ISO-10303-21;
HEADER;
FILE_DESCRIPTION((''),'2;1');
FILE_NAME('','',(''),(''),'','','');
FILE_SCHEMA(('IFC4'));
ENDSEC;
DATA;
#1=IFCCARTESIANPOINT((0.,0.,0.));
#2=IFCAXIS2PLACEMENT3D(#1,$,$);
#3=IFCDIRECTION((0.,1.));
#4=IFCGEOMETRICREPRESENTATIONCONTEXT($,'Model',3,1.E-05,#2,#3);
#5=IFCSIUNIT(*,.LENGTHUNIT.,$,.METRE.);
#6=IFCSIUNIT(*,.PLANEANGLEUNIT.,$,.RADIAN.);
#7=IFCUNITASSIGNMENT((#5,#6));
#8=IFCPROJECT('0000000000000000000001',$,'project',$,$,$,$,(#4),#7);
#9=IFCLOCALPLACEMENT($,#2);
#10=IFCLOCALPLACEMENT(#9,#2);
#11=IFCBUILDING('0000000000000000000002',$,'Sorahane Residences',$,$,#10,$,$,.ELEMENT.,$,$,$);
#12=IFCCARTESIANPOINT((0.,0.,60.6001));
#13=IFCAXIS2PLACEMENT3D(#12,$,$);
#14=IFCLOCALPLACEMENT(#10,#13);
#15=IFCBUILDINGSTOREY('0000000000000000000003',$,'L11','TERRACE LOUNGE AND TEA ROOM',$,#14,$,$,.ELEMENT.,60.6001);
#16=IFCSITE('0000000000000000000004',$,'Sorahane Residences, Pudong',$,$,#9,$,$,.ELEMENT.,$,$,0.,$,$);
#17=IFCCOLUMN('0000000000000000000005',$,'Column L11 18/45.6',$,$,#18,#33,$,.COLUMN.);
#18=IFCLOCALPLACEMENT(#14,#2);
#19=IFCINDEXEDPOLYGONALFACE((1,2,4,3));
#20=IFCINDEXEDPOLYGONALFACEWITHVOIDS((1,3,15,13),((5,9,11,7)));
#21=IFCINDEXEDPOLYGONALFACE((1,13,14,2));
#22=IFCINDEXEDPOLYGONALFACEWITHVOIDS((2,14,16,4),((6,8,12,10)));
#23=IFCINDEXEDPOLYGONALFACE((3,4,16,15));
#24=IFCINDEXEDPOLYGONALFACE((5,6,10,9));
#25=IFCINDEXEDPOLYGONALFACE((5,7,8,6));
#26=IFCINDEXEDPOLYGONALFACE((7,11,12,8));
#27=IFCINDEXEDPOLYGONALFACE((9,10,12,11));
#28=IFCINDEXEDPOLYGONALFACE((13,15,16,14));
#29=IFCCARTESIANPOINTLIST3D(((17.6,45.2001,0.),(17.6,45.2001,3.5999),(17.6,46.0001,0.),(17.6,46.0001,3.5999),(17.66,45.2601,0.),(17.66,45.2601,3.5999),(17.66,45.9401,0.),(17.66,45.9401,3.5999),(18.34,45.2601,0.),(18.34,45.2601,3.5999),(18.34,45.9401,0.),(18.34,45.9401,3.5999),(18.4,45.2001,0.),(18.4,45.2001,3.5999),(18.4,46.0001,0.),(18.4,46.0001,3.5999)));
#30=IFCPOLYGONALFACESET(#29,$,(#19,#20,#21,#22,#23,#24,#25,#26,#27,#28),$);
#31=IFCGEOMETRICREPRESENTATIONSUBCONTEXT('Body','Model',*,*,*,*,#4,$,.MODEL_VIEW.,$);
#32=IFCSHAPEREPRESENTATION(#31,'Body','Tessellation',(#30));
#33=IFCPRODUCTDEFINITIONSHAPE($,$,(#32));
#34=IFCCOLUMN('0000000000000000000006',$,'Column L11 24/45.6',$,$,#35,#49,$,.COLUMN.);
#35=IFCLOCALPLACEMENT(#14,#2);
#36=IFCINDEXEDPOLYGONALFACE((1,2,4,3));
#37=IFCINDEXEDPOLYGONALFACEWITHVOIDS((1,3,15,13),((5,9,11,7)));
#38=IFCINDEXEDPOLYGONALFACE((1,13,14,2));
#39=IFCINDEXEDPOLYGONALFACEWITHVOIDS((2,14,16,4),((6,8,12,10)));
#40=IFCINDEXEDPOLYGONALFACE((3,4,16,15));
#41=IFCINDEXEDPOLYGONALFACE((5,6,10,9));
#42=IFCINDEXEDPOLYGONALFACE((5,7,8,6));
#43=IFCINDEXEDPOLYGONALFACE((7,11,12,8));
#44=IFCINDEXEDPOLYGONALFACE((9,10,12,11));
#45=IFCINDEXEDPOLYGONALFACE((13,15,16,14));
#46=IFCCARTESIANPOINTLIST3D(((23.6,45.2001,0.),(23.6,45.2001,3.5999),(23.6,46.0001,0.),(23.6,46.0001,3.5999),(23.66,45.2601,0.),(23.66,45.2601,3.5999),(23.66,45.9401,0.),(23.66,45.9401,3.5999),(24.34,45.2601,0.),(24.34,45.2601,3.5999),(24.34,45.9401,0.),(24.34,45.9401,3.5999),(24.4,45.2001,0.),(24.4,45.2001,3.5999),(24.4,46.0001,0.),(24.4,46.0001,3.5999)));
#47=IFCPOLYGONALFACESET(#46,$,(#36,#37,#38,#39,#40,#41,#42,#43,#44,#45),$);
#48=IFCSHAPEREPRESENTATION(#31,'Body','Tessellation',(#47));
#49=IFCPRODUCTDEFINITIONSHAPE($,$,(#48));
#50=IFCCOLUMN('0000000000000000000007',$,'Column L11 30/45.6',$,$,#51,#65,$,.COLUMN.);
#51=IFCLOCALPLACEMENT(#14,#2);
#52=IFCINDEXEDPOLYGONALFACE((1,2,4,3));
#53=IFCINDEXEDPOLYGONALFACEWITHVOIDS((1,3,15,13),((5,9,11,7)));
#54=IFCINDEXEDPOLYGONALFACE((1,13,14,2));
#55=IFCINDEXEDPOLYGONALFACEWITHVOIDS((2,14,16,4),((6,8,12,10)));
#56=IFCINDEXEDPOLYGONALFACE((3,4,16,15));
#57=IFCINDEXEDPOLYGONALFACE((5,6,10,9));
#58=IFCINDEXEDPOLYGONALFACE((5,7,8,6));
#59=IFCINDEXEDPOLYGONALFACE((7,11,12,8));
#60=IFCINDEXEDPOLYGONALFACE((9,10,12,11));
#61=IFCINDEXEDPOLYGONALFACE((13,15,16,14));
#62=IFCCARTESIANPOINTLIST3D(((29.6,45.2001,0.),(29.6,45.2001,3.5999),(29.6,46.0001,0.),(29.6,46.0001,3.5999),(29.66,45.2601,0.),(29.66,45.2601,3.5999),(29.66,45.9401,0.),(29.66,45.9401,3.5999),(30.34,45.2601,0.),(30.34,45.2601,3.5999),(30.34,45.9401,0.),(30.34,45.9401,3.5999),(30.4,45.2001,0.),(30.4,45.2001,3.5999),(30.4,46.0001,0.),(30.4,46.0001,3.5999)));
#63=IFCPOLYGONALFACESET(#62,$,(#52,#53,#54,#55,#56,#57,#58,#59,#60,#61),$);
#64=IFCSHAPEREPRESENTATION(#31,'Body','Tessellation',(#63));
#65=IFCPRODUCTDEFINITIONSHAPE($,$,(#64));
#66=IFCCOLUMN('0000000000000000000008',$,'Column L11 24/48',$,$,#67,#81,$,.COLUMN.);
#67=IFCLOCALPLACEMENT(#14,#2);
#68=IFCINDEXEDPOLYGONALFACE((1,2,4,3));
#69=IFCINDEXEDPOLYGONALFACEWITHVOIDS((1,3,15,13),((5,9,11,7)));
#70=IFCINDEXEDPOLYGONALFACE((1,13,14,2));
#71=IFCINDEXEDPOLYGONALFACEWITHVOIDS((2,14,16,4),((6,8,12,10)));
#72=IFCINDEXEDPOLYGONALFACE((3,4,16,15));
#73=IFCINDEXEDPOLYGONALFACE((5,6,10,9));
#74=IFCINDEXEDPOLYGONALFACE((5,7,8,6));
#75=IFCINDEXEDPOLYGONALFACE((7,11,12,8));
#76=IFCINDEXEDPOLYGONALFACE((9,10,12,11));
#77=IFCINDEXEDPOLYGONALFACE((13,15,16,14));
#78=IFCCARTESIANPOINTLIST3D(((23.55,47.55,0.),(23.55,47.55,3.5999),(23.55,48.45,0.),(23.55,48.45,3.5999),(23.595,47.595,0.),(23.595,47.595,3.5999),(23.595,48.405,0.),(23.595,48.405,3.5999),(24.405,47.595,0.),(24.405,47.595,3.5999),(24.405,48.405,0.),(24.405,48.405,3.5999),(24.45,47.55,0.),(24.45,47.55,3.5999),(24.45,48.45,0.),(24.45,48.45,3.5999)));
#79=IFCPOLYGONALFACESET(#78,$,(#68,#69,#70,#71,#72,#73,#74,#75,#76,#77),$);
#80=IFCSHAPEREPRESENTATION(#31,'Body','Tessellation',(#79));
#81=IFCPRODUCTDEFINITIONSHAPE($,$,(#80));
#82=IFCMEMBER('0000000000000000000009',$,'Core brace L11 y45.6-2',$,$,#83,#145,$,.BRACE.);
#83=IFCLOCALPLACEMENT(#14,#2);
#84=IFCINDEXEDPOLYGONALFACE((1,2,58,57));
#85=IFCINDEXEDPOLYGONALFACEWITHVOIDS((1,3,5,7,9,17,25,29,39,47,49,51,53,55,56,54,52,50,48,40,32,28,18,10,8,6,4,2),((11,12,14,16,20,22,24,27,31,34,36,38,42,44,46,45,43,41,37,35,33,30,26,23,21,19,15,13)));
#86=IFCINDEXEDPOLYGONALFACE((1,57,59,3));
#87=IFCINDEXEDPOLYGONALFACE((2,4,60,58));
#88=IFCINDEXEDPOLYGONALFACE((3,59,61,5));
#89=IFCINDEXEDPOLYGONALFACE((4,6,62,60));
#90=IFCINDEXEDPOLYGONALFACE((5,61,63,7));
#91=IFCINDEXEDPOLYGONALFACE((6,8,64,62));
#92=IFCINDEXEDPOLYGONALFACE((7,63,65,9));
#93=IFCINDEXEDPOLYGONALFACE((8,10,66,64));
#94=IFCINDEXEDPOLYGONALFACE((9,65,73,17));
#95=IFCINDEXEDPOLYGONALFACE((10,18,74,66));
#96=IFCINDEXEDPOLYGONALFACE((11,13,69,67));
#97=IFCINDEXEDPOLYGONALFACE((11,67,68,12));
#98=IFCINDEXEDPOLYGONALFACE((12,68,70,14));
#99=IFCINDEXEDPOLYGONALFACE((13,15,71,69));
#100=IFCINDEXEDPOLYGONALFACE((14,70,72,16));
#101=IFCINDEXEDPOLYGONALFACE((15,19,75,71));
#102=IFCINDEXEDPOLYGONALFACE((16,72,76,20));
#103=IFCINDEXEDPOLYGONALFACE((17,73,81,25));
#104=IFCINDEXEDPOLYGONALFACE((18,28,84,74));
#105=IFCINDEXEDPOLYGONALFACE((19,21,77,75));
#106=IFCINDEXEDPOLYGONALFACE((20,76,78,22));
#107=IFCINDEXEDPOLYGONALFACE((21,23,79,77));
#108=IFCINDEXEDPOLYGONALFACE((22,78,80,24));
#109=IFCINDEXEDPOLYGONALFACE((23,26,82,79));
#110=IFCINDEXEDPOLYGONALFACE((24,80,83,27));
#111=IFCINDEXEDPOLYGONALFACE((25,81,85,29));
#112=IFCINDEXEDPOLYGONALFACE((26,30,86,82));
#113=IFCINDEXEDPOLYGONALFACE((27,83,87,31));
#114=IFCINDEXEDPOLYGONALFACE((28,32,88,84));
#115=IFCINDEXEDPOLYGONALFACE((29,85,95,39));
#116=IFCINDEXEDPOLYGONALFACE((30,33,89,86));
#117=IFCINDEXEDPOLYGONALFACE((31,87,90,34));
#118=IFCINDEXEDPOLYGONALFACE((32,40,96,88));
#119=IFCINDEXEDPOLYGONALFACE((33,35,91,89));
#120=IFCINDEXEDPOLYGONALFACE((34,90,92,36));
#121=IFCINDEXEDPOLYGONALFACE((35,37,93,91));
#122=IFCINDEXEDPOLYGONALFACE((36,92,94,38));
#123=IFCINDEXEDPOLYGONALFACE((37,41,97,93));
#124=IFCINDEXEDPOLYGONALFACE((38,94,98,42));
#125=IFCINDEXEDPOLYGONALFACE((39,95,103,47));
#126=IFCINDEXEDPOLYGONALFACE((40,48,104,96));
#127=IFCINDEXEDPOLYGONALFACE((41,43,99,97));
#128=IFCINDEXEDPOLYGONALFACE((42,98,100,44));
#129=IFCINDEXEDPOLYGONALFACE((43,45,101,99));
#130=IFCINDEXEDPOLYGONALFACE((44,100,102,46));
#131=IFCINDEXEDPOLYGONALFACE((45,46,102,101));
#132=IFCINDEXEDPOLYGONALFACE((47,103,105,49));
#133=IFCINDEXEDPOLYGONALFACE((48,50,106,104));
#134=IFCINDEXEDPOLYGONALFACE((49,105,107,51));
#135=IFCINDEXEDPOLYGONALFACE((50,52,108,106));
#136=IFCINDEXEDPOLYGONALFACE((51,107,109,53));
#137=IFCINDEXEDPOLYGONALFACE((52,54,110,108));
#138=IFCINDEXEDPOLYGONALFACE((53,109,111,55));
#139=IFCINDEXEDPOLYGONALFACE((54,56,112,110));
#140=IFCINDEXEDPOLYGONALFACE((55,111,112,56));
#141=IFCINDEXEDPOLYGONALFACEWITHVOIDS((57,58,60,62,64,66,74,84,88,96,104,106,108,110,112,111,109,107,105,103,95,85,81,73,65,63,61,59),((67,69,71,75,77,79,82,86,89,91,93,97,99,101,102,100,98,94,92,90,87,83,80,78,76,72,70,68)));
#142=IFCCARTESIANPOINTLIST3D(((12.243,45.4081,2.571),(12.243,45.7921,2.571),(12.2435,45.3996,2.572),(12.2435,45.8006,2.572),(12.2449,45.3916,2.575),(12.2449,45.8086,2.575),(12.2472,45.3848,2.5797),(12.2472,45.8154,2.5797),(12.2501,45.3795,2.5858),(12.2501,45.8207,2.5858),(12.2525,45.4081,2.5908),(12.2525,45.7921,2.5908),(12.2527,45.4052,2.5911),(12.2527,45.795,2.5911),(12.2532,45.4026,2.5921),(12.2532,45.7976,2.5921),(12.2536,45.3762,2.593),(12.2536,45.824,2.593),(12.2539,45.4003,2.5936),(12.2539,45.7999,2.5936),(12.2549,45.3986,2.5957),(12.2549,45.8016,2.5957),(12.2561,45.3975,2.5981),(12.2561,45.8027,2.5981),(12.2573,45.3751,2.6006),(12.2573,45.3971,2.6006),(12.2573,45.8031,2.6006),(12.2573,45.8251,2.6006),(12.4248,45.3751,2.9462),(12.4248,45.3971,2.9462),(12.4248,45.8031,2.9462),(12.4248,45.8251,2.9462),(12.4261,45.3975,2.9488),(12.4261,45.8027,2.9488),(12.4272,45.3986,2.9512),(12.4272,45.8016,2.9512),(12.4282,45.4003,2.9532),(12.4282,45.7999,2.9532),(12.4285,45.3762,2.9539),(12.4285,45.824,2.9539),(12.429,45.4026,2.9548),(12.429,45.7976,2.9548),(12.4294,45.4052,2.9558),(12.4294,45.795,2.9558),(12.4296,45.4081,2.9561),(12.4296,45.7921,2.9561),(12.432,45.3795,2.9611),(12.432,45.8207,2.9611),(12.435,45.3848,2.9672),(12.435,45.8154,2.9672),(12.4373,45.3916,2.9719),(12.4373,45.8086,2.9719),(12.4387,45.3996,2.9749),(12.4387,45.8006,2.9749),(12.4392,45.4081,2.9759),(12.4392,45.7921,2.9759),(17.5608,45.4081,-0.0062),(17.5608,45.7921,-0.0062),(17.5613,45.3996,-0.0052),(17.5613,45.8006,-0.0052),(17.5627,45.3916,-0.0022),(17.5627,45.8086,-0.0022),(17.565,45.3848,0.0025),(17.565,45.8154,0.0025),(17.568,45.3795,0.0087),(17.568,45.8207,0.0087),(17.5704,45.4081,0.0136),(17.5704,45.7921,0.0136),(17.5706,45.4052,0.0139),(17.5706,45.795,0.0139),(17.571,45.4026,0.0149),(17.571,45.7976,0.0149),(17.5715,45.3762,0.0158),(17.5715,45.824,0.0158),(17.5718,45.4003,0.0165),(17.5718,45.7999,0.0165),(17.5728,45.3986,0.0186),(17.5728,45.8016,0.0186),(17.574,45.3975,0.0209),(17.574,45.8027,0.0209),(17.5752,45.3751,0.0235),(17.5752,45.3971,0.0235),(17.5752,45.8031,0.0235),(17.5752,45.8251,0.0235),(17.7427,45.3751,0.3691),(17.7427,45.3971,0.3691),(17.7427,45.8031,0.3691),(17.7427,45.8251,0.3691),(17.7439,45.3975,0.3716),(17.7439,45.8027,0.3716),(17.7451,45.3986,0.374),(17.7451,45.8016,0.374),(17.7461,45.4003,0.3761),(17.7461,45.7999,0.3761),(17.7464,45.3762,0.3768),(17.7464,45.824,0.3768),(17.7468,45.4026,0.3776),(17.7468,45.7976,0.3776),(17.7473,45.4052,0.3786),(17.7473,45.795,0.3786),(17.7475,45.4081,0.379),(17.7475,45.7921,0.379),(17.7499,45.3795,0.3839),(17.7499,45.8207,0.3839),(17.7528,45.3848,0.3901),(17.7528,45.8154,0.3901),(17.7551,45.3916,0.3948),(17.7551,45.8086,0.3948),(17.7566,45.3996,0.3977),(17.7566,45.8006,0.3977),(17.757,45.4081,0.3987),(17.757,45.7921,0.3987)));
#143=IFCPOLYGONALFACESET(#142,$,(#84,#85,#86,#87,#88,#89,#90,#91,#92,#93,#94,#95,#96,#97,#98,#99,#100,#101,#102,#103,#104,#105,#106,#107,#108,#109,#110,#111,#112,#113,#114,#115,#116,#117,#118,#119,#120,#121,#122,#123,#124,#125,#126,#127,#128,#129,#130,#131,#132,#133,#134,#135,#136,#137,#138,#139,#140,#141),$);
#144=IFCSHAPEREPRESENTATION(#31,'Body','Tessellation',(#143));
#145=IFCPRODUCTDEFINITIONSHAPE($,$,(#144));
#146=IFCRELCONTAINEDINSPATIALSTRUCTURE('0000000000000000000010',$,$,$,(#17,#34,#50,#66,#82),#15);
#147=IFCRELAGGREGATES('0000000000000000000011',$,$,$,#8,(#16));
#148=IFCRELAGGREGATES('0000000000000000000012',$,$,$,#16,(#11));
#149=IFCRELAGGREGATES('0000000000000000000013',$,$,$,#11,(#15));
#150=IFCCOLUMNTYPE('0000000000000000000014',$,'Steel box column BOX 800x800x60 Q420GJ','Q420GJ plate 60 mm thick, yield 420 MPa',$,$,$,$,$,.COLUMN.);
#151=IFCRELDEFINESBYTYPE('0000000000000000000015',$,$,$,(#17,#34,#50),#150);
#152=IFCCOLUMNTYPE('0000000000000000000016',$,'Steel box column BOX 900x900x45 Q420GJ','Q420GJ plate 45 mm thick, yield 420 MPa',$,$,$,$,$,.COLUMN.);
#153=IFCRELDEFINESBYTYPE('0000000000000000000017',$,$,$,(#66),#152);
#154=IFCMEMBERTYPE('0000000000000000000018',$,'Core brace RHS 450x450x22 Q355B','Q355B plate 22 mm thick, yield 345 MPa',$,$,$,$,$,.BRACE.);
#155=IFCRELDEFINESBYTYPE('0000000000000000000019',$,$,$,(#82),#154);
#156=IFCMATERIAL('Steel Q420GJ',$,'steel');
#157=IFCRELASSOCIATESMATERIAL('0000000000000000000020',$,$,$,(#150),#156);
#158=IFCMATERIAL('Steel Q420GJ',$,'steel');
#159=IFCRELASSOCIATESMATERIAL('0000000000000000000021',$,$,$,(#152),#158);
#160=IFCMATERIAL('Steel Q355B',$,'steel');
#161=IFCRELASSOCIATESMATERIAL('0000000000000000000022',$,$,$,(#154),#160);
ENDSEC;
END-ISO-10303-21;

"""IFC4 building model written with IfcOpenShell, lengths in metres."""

from ifc_helpers import new_model, si_unit, direction, frame, origin, origin_2d, place, context, subcontext, project, spatial, hollow_rectangle, extrude, material, material_profile, profile_set, type_object, element, save


model = new_model("IFC4")

# Units and contexts
model_context = context("Model", 3, precision=1e-05, world=origin(), true_north=direction((0.0, 1.0)))
body_context = subcontext(model_context, "Body", "Model", "MODEL_VIEW")
ifc_project = project(units=[si_unit("LENGTHUNIT", "METRE"), si_unit("PLANEANGLEUNIT", "RADIAN")], contexts=[model_context])

# Site, building, storey
site_placement = place(None, origin())
site = spatial("IfcSite", under=ifc_project, at=site_placement, Name="Sorahane Residences, Pudong", CompositionType="ELEMENT", RefElevation=0.0)
building_placement = place(site_placement, origin())
building = spatial("IfcBuilding", under=site, at=building_placement, Name="Sorahane Residences", CompositionType="ELEMENT")
storey_placement = place(building_placement, frame((0.0, 0.0, 60.6001)))
storey = spatial("IfcBuildingStorey", under=building, at=storey_placement, Name="L11", Description="TERRACE LOUNGE AND TEA ROOM", CompositionType="ELEMENT", Elevation=60.6001)

# Columns
ifc_material_1 = material(Name="Steel Q420GJ", Category="steel")
ifc_material_profile_1 = material_profile(ifc_material_1, hollow_rectangle(XDim=0.8, YDim=0.8, WallThickness=0.0601, at=origin_2d()), Name="BOX 800x800x60")
ifc_profile_set_1 = profile_set([ifc_material_profile_1], Name="Steel Q420GJ")
column_type_1 = type_object("IfcColumnType", Name="Steel box column BOX 800x800x60 Q420GJ", Description="Q420GJ plate 60 mm thick, yield 420 MPa", PredefinedType="COLUMN", material=ifc_profile_set_1)
for number, where, z_axis, x_axis, name in (
    (1, (18.0, 45.6001, 0.0), (0.0, 0.0, 1.0), (1.0, 0.0, 0.0), "Column L11 18/45.6"),
    (2, (24.0, 45.6001, 0.0), (0.0, 0.0, 1.0), (1.0, 0.0, 0.0), "Column L11 24/45.6"),
    (3, (30.0, 45.6001, 0.0), (0.0, 0.0, 1.0), (1.0, 0.0, 0.0), "Column L11 30/45.6"),
):
    element("IfcColumn", number, at=place(storey_placement, frame(where, z_axis=z_axis, x_axis=x_axis)), inside=storey, type_object=column_type_1, Name=name, PredefinedType="COLUMN", context=body_context, shape_type="SweptSolid", body=[
        extrude(hollow_rectangle(XDim=0.8, YDim=0.8, WallThickness=0.0601, at=origin_2d()), origin(), (0.0, 0.0, 1.0), 3.5999),
    ])
ifc_material_2 = material(Name="Steel Q420GJ", Category="steel")
ifc_material_profile_2 = material_profile(ifc_material_2, hollow_rectangle(XDim=0.8999, YDim=0.8999, WallThickness=0.0449, at=origin_2d()), Name="BOX 900x900x45")
ifc_profile_set_2 = profile_set([ifc_material_profile_2], Name="Steel Q420GJ")
column_type_2 = type_object("IfcColumnType", Name="Steel box column BOX 900x900x45 Q420GJ", Description="Q420GJ plate 45 mm thick, yield 420 MPa", PredefinedType="COLUMN", material=ifc_profile_set_2)
column_placement = place(storey_placement, frame((24.0, 48.0, 0.0), z_axis=(0.0, 0.0, 1.0), x_axis=(1.0, 0.0, 0.0)))
element("IfcColumn", 4, at=column_placement, inside=storey, type_object=column_type_2, Name="Column L11 24/48", PredefinedType="COLUMN", context=body_context, shape_type="SweptSolid", body=[
    extrude(hollow_rectangle(XDim=0.8999, YDim=0.8999, WallThickness=0.0449, at=origin_2d()), origin(), (0.0, 0.0, 1.0), 3.5999),
])

# Member
ifc_material_3 = material(Name="Steel Q355B", Category="steel")
ifc_material_profile_3 = material_profile(ifc_material_3, hollow_rectangle(XDim=0.45, YDim=0.45, WallThickness=0.022, InnerFilletRadius=0.011, OuterFilletRadius=0.033, at=origin_2d()), Name="RHS 450x450x22")
ifc_profile_set_3 = profile_set([ifc_material_profile_3], Name="Steel Q355B")
member_type_1 = type_object("IfcMemberType", Name="Core brace RHS 450x450x22 Q355B", Description="Q355B plate 22 mm thick, yield 345 MPa", PredefinedType="BRACE", material=ifc_profile_set_3)
for number, where, z_axis, x_axis, name in (
    (5, (17.6589, 45.6001, 0.1963), (-0.899895, 0.0, 0.436107), (0.0, -1.0, 0.0), "Core brace L11 y45.6-2"),
):
    element("IfcMember", number, at=place(storey_placement, frame(where, z_axis=z_axis, x_axis=x_axis)), inside=storey, type_object=member_type_1, Name=name, PredefinedType="BRACE", context=body_context, shape_type="SweptSolid", body=[
        extrude(hollow_rectangle(XDim=0.45, YDim=0.45, WallThickness=0.022, InnerFilletRadius=0.011, OuterFilletRadius=0.033, at=origin_2d()), origin(), (0.0, 0.0, 1.0), 5.9094),
    ])

save(model, "model.ifc")
